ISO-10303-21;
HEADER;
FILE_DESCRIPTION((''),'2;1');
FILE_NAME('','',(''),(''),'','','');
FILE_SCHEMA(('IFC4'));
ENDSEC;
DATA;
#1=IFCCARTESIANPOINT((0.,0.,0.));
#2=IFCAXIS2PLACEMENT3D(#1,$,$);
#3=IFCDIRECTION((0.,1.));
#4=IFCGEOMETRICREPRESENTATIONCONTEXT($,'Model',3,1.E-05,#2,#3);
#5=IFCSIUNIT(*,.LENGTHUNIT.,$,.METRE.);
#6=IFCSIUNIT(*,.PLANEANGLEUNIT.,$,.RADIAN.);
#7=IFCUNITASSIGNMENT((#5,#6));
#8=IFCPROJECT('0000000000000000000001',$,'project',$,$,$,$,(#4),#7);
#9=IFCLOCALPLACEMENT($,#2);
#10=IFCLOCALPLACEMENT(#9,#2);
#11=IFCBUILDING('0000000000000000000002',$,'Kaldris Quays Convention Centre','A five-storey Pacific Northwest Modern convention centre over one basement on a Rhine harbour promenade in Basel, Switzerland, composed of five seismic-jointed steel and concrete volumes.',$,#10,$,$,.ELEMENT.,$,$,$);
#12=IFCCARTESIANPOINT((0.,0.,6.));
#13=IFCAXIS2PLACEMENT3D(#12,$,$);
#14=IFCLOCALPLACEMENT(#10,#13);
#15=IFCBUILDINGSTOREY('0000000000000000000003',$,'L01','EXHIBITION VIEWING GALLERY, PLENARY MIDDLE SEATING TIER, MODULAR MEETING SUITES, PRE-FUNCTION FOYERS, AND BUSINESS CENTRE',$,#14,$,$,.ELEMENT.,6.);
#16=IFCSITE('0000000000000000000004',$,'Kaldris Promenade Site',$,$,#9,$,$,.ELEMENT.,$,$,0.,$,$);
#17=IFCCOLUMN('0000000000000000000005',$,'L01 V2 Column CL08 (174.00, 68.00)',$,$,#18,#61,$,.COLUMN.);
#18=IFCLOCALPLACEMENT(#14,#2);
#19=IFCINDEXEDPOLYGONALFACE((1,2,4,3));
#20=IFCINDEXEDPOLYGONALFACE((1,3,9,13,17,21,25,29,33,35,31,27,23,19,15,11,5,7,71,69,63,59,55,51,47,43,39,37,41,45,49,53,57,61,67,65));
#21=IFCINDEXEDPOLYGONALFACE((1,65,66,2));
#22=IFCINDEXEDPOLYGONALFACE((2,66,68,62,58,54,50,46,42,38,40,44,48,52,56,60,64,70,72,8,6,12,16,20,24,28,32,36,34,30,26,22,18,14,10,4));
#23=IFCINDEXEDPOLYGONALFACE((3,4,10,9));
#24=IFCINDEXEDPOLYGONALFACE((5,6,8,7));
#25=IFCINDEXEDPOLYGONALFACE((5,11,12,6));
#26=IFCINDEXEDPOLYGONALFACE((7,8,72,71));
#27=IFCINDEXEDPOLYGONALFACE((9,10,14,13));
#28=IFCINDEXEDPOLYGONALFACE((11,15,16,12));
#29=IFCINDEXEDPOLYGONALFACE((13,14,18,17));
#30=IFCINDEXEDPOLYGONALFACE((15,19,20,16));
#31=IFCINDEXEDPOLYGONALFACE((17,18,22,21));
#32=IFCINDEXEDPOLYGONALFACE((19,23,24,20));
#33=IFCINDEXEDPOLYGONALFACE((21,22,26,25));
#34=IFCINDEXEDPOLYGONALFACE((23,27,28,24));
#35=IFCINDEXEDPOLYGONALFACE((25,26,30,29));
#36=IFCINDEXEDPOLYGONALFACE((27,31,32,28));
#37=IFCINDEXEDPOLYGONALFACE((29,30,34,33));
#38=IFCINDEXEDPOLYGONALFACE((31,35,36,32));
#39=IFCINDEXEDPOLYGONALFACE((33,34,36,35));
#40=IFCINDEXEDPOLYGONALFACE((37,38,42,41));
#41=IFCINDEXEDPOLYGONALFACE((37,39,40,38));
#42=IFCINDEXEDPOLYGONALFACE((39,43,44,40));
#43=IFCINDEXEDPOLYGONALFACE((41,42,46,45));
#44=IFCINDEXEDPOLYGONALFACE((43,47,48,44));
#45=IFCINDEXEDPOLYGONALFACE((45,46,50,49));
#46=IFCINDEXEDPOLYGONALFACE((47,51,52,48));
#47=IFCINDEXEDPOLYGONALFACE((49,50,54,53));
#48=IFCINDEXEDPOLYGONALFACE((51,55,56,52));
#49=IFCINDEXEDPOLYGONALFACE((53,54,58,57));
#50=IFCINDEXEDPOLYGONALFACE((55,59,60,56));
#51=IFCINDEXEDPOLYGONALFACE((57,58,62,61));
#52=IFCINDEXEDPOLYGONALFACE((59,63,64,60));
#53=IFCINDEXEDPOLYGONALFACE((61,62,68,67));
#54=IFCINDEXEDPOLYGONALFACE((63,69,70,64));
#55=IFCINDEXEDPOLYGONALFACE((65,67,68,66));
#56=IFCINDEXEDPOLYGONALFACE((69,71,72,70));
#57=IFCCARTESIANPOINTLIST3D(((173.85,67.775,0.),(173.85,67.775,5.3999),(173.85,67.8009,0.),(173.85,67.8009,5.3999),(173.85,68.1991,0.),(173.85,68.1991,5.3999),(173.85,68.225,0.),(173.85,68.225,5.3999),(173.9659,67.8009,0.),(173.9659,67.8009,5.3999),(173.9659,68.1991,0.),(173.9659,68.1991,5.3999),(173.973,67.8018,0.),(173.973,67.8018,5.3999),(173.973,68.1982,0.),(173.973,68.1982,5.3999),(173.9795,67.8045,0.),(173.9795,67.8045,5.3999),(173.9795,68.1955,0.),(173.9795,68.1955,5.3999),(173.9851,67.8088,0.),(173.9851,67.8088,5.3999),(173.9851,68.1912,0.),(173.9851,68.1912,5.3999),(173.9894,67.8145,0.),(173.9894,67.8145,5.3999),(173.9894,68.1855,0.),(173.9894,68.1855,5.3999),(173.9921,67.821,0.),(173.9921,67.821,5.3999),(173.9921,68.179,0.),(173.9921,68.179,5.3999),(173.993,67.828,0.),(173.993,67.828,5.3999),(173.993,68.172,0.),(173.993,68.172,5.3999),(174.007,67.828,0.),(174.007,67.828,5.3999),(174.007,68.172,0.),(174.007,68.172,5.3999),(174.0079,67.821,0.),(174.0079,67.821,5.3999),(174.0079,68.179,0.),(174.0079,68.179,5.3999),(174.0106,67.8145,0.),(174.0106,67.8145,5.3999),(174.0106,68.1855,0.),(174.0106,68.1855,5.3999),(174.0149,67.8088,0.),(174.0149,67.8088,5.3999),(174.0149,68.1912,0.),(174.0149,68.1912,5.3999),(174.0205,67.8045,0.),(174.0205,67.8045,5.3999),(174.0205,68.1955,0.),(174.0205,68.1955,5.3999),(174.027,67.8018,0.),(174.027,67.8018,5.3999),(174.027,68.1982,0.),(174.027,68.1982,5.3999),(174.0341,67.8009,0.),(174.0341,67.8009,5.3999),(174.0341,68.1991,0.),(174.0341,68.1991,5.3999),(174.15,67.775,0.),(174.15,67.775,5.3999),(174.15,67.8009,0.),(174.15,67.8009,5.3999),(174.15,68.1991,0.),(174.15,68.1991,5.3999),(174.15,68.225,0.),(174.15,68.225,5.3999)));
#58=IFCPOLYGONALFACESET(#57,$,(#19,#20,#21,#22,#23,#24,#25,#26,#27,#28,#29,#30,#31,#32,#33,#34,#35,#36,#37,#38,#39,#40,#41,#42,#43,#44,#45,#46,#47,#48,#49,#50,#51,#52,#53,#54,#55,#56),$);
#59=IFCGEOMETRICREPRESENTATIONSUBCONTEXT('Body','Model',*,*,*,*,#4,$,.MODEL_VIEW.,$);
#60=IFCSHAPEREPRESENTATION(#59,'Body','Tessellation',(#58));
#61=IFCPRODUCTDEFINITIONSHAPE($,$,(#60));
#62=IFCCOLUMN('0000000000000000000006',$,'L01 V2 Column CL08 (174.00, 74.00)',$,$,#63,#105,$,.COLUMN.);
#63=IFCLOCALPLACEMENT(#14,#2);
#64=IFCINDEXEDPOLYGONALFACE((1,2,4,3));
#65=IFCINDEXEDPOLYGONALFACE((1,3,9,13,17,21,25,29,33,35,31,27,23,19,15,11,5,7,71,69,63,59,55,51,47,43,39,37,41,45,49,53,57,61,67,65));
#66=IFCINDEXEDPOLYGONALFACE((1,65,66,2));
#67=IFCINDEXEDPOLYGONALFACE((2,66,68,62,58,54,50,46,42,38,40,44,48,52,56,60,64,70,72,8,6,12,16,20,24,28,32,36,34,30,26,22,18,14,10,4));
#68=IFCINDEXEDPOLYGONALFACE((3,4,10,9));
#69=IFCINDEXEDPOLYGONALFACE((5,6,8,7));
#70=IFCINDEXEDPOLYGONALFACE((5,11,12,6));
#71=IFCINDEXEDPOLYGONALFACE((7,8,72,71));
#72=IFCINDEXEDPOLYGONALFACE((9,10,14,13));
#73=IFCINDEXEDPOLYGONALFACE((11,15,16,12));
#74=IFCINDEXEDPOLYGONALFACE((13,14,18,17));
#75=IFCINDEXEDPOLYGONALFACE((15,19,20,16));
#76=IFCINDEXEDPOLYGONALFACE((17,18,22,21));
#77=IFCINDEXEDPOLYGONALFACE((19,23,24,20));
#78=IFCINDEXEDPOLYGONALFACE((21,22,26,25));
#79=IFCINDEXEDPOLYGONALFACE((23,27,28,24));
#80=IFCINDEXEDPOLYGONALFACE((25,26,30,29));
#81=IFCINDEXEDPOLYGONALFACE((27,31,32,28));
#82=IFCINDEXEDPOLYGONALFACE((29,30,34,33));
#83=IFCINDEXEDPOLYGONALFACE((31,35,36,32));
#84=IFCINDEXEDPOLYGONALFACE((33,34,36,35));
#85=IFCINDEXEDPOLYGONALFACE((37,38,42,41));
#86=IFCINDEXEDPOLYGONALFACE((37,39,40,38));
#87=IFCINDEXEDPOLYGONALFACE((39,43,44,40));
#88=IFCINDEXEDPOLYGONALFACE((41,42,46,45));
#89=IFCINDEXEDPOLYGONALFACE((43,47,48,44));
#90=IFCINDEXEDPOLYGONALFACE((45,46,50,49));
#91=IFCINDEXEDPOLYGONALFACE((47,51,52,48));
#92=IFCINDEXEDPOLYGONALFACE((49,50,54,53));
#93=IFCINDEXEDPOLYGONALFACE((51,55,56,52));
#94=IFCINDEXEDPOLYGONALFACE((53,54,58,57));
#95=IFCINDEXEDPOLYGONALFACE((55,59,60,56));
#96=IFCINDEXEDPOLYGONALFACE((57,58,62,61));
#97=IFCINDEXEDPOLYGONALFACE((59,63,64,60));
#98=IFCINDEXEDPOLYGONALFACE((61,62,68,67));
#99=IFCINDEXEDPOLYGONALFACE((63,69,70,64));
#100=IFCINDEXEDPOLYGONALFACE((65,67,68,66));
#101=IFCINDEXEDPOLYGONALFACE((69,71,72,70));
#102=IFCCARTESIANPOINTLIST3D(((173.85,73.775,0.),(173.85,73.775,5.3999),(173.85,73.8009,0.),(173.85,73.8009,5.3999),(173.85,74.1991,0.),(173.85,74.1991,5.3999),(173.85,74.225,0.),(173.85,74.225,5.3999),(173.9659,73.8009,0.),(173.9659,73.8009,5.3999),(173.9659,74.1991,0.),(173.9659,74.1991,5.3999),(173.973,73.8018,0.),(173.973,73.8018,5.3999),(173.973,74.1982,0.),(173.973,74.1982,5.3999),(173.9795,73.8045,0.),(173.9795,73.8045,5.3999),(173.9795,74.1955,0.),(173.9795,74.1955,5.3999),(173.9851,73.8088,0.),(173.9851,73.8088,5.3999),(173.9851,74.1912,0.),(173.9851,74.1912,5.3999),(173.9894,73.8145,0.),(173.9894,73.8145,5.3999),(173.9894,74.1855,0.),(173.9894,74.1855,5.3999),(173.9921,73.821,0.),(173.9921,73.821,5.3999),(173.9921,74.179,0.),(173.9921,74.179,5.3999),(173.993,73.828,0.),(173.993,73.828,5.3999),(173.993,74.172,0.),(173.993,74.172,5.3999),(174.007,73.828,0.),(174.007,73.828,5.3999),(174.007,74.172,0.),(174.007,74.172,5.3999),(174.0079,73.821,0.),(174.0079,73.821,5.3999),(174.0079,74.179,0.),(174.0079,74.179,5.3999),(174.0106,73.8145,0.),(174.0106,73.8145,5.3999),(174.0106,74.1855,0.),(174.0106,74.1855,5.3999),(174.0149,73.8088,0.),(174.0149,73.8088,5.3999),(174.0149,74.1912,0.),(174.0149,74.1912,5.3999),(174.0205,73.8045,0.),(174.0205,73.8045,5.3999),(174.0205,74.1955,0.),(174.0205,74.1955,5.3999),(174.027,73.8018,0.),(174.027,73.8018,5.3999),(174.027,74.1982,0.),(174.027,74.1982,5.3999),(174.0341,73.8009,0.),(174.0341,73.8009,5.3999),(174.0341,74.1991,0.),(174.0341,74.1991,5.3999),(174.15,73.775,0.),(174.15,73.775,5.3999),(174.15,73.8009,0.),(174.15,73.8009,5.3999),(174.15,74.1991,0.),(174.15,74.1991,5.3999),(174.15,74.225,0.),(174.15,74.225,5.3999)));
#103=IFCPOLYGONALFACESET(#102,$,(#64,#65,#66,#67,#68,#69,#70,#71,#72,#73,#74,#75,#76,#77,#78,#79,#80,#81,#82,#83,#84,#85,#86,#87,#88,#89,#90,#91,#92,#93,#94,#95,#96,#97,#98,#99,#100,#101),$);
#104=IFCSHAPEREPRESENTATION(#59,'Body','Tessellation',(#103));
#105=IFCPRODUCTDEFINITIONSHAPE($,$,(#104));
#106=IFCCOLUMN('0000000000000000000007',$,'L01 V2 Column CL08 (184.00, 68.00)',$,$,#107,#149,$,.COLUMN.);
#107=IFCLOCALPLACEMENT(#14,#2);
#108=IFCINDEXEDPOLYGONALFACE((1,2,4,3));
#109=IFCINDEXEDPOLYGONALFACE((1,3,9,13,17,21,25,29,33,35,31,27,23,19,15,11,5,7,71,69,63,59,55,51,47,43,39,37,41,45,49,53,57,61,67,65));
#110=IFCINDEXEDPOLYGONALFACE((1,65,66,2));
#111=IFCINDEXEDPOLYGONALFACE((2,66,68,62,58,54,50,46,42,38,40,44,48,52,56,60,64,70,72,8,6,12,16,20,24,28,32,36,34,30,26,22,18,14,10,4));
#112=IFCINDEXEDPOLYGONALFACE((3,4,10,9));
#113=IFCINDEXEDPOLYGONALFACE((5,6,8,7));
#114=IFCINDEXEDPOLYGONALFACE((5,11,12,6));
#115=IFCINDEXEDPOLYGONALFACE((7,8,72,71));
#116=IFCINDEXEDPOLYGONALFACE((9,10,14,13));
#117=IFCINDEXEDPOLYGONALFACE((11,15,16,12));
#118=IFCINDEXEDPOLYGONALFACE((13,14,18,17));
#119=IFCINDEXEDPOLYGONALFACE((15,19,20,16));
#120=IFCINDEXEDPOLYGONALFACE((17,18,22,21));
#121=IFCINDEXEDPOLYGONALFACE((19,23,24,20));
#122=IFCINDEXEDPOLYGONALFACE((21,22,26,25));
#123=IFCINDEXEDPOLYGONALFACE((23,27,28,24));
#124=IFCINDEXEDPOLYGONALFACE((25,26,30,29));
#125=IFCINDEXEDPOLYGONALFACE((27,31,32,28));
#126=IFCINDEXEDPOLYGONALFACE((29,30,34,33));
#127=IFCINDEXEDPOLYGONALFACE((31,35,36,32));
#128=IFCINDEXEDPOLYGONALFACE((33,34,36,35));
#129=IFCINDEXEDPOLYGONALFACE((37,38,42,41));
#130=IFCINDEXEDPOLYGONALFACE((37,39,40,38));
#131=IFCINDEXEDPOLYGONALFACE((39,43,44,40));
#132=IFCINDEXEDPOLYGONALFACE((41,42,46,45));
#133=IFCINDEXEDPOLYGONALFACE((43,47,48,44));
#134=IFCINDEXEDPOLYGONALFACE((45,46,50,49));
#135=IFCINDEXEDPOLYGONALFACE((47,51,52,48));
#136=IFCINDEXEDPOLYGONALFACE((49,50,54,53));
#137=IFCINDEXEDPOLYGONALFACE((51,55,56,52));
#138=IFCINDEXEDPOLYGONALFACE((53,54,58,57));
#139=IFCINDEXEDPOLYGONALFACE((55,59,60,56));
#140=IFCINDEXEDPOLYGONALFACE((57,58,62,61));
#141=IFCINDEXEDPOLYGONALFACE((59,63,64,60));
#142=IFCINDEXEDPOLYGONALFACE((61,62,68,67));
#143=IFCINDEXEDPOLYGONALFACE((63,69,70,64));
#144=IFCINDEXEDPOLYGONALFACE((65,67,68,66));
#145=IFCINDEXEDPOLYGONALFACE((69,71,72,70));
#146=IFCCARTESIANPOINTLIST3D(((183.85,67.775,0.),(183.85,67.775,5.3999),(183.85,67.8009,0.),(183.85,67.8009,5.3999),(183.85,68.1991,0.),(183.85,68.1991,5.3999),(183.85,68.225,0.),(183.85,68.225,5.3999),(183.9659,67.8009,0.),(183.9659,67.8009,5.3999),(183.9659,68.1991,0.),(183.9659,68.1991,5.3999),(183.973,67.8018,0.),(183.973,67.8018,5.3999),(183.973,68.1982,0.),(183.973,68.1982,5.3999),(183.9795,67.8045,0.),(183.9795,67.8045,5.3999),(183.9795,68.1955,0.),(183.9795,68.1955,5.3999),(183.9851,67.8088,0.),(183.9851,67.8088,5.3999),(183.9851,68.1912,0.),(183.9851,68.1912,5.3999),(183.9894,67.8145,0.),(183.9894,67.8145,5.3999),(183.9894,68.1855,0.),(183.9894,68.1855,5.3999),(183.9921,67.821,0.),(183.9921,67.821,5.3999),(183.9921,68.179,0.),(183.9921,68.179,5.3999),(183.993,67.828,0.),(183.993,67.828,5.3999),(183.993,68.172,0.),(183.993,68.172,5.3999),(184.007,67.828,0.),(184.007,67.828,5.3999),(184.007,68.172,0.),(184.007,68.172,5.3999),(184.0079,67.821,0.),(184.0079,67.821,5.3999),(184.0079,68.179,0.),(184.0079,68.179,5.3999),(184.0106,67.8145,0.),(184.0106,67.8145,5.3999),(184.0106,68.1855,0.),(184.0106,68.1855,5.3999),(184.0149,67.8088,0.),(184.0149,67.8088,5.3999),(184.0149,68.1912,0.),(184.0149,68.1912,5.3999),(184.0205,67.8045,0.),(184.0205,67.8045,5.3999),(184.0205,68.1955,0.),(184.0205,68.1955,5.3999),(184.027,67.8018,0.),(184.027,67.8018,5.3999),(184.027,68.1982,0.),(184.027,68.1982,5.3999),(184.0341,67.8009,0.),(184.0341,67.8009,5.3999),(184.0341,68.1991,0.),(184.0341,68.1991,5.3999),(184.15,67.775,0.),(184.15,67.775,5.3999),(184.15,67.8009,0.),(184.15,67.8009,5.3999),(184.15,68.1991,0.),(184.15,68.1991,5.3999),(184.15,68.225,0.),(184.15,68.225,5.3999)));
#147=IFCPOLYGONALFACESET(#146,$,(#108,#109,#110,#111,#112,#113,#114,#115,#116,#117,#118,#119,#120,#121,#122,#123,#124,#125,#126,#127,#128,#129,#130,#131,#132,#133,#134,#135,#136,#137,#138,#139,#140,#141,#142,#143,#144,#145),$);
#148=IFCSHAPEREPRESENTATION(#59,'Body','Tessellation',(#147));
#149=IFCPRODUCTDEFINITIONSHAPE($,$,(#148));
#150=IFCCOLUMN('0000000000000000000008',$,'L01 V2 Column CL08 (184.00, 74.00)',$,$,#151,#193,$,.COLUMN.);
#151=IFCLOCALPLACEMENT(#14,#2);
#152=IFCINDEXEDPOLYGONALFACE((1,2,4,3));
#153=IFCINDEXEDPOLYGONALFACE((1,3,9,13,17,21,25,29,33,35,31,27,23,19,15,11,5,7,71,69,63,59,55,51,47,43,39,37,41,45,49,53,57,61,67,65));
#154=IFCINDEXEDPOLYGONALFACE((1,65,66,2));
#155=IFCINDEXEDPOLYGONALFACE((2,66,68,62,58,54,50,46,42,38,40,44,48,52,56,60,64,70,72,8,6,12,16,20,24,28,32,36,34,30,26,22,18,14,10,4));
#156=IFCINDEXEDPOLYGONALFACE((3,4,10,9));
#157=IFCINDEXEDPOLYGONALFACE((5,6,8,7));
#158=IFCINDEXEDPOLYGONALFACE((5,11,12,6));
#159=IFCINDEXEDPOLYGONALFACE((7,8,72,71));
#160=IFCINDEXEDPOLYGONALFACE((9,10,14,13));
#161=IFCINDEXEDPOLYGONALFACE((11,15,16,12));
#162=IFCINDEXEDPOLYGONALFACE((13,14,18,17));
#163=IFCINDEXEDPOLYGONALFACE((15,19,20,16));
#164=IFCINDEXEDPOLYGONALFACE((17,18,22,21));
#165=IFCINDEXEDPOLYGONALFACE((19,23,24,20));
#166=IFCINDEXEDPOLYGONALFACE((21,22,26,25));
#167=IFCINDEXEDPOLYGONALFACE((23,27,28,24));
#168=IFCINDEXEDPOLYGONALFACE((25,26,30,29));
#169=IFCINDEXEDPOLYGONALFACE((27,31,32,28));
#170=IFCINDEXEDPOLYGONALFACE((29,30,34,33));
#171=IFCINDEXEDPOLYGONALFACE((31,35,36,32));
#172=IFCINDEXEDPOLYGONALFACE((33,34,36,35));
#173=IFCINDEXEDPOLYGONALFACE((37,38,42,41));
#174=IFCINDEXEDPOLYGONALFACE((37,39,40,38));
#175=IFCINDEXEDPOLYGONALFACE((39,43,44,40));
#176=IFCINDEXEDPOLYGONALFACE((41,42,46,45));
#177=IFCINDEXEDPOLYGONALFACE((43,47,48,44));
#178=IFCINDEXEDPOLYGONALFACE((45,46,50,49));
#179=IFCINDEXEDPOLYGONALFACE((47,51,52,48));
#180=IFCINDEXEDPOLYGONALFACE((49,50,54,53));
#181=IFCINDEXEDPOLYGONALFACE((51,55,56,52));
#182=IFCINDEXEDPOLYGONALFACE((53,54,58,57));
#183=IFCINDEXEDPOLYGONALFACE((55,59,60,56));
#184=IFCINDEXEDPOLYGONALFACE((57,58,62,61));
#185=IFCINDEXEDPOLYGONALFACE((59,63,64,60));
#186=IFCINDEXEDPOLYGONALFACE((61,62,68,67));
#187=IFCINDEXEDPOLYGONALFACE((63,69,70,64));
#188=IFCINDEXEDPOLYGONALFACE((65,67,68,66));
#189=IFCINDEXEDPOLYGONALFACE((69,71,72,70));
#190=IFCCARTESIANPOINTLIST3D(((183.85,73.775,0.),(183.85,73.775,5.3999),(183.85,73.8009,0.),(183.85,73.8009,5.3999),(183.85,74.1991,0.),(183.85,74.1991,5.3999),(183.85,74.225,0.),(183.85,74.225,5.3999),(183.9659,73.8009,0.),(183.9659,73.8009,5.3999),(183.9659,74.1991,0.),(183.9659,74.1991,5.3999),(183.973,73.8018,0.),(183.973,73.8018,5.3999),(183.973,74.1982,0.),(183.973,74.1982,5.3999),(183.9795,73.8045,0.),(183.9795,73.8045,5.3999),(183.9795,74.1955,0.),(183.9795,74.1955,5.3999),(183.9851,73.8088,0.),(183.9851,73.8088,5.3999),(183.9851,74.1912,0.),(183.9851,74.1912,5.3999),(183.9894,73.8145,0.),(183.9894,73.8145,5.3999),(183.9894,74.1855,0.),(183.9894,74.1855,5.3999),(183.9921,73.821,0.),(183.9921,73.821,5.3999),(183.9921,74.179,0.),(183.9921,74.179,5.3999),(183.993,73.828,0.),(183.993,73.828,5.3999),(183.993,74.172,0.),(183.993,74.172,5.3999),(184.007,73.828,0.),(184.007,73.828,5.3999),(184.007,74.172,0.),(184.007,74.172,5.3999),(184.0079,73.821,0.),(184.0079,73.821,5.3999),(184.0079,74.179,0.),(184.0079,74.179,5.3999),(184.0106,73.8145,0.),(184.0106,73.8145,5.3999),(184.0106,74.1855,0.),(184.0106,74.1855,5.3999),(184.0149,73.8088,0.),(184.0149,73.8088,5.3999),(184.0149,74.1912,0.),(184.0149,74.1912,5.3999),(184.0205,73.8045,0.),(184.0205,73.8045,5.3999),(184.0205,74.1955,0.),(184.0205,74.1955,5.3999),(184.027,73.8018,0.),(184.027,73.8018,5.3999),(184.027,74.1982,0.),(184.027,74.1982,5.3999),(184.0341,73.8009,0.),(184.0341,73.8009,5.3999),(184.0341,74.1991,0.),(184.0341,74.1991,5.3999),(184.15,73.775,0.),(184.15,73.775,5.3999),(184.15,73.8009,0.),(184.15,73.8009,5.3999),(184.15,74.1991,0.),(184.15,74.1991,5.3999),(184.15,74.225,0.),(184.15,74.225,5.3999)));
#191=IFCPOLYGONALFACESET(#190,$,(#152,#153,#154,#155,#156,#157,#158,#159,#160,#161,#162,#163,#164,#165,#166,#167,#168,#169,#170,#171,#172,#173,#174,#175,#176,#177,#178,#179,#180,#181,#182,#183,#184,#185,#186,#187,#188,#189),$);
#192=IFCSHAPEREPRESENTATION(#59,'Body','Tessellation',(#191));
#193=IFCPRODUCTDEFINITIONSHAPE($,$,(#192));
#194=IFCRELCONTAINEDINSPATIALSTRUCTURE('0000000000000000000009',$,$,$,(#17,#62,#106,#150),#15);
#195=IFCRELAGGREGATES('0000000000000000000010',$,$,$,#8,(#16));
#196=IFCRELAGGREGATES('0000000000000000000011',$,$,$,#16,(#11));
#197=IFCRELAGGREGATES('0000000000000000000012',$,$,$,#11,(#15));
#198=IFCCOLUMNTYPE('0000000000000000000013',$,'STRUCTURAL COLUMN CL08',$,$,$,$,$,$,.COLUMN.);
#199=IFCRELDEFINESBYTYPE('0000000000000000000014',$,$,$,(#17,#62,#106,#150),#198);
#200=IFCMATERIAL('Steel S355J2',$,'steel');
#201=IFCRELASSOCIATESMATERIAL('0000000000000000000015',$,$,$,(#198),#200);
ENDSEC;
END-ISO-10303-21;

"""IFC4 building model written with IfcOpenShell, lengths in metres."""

from ifc_helpers import new_model, si_unit, direction, frame, origin, origin_2d, place, context, subcontext, project, spatial, i_section, extrude, material, material_profile, profile_set, type_object, element, save


model = new_model("IFC4")

# Units and contexts
model_context = context("Model", 3, precision=1e-05, world=origin(), true_north=direction((0.0, 1.0)))
body_context = subcontext(model_context, "Body", "Model", "MODEL_VIEW")
ifc_project = project(units=[si_unit("LENGTHUNIT", "METRE"), si_unit("PLANEANGLEUNIT", "RADIAN")], contexts=[model_context])

# Site, building, storey
site_placement = place(None, origin())
site = spatial("IfcSite", under=ifc_project, at=site_placement, Name="Kaldris Promenade Site", CompositionType="ELEMENT", RefElevation=0.0)
building_placement = place(site_placement, origin())
building = spatial("IfcBuilding", under=site, at=building_placement, Name="Kaldris Quays Convention Centre", Description="A five-storey Pacific Northwest Modern convention centre over one basement on a Rhine harbour promenade in Basel, Switzerland, composed of five seismic-jointed steel and concrete volumes.", CompositionType="ELEMENT")
storey_placement = place(building_placement, frame((0.0, 0.0, 6.0)))
storey = spatial("IfcBuildingStorey", under=building, at=storey_placement, Name="L01", Description="EXHIBITION VIEWING GALLERY, PLENARY MIDDLE SEATING TIER, MODULAR MEETING SUITES, PRE-FUNCTION FOYERS, AND BUSINESS CENTRE", CompositionType="ELEMENT", Elevation=6.0)

# Columns
ifc_material_1 = material(Name="Steel S355J2", Category="steel")
ifc_material_profile_1 = material_profile(ifc_material_1, i_section(OverallWidth=0.3, OverallDepth=0.45, WebThickness=0.0139, FlangeThickness=0.0259, FilletRadius=0.0271, at=origin_2d()), Name="HEB 450")
ifc_profile_set_1 = profile_set([ifc_material_profile_1], Name="Steel S355J2")
column_type = type_object("IfcColumnType", Name="STRUCTURAL COLUMN CL08", PredefinedType="COLUMN", material=ifc_profile_set_1)
for number, where, z_axis, x_axis, name in (
    (1, (174.0, 68.0, 0.0), (0.0, 0.0, 1.0), (1.0, 0.0, 0.0), "L01 V2 Column CL08 (174.00, 68.00)"),
    (2, (174.0, 74.0, 0.0), (0.0, 0.0, 1.0), (1.0, 0.0, 0.0), "L01 V2 Column CL08 (174.00, 74.00)"),
    (3, (184.0, 68.0, 0.0), (0.0, 0.0, 1.0), (1.0, 0.0, 0.0), "L01 V2 Column CL08 (184.00, 68.00)"),
    (4, (184.0, 74.0, 0.0), (0.0, 0.0, 1.0), (1.0, 0.0, 0.0), "L01 V2 Column CL08 (184.00, 74.00)"),
):
    element("IfcColumn", number, at=place(storey_placement, frame(where, z_axis=z_axis, x_axis=x_axis)), inside=storey, type_object=column_type, Name=name, PredefinedType="COLUMN", context=body_context, shape_type="SweptSolid", body=[
        extrude(i_section(OverallWidth=0.3, OverallDepth=0.45, WebThickness=0.0139, FlangeThickness=0.0259, FilletRadius=0.0271, at=origin_2d()), origin(), (0.0, 0.0, 1.0), 5.3999),
    ])

save(model, "model.ifc")
